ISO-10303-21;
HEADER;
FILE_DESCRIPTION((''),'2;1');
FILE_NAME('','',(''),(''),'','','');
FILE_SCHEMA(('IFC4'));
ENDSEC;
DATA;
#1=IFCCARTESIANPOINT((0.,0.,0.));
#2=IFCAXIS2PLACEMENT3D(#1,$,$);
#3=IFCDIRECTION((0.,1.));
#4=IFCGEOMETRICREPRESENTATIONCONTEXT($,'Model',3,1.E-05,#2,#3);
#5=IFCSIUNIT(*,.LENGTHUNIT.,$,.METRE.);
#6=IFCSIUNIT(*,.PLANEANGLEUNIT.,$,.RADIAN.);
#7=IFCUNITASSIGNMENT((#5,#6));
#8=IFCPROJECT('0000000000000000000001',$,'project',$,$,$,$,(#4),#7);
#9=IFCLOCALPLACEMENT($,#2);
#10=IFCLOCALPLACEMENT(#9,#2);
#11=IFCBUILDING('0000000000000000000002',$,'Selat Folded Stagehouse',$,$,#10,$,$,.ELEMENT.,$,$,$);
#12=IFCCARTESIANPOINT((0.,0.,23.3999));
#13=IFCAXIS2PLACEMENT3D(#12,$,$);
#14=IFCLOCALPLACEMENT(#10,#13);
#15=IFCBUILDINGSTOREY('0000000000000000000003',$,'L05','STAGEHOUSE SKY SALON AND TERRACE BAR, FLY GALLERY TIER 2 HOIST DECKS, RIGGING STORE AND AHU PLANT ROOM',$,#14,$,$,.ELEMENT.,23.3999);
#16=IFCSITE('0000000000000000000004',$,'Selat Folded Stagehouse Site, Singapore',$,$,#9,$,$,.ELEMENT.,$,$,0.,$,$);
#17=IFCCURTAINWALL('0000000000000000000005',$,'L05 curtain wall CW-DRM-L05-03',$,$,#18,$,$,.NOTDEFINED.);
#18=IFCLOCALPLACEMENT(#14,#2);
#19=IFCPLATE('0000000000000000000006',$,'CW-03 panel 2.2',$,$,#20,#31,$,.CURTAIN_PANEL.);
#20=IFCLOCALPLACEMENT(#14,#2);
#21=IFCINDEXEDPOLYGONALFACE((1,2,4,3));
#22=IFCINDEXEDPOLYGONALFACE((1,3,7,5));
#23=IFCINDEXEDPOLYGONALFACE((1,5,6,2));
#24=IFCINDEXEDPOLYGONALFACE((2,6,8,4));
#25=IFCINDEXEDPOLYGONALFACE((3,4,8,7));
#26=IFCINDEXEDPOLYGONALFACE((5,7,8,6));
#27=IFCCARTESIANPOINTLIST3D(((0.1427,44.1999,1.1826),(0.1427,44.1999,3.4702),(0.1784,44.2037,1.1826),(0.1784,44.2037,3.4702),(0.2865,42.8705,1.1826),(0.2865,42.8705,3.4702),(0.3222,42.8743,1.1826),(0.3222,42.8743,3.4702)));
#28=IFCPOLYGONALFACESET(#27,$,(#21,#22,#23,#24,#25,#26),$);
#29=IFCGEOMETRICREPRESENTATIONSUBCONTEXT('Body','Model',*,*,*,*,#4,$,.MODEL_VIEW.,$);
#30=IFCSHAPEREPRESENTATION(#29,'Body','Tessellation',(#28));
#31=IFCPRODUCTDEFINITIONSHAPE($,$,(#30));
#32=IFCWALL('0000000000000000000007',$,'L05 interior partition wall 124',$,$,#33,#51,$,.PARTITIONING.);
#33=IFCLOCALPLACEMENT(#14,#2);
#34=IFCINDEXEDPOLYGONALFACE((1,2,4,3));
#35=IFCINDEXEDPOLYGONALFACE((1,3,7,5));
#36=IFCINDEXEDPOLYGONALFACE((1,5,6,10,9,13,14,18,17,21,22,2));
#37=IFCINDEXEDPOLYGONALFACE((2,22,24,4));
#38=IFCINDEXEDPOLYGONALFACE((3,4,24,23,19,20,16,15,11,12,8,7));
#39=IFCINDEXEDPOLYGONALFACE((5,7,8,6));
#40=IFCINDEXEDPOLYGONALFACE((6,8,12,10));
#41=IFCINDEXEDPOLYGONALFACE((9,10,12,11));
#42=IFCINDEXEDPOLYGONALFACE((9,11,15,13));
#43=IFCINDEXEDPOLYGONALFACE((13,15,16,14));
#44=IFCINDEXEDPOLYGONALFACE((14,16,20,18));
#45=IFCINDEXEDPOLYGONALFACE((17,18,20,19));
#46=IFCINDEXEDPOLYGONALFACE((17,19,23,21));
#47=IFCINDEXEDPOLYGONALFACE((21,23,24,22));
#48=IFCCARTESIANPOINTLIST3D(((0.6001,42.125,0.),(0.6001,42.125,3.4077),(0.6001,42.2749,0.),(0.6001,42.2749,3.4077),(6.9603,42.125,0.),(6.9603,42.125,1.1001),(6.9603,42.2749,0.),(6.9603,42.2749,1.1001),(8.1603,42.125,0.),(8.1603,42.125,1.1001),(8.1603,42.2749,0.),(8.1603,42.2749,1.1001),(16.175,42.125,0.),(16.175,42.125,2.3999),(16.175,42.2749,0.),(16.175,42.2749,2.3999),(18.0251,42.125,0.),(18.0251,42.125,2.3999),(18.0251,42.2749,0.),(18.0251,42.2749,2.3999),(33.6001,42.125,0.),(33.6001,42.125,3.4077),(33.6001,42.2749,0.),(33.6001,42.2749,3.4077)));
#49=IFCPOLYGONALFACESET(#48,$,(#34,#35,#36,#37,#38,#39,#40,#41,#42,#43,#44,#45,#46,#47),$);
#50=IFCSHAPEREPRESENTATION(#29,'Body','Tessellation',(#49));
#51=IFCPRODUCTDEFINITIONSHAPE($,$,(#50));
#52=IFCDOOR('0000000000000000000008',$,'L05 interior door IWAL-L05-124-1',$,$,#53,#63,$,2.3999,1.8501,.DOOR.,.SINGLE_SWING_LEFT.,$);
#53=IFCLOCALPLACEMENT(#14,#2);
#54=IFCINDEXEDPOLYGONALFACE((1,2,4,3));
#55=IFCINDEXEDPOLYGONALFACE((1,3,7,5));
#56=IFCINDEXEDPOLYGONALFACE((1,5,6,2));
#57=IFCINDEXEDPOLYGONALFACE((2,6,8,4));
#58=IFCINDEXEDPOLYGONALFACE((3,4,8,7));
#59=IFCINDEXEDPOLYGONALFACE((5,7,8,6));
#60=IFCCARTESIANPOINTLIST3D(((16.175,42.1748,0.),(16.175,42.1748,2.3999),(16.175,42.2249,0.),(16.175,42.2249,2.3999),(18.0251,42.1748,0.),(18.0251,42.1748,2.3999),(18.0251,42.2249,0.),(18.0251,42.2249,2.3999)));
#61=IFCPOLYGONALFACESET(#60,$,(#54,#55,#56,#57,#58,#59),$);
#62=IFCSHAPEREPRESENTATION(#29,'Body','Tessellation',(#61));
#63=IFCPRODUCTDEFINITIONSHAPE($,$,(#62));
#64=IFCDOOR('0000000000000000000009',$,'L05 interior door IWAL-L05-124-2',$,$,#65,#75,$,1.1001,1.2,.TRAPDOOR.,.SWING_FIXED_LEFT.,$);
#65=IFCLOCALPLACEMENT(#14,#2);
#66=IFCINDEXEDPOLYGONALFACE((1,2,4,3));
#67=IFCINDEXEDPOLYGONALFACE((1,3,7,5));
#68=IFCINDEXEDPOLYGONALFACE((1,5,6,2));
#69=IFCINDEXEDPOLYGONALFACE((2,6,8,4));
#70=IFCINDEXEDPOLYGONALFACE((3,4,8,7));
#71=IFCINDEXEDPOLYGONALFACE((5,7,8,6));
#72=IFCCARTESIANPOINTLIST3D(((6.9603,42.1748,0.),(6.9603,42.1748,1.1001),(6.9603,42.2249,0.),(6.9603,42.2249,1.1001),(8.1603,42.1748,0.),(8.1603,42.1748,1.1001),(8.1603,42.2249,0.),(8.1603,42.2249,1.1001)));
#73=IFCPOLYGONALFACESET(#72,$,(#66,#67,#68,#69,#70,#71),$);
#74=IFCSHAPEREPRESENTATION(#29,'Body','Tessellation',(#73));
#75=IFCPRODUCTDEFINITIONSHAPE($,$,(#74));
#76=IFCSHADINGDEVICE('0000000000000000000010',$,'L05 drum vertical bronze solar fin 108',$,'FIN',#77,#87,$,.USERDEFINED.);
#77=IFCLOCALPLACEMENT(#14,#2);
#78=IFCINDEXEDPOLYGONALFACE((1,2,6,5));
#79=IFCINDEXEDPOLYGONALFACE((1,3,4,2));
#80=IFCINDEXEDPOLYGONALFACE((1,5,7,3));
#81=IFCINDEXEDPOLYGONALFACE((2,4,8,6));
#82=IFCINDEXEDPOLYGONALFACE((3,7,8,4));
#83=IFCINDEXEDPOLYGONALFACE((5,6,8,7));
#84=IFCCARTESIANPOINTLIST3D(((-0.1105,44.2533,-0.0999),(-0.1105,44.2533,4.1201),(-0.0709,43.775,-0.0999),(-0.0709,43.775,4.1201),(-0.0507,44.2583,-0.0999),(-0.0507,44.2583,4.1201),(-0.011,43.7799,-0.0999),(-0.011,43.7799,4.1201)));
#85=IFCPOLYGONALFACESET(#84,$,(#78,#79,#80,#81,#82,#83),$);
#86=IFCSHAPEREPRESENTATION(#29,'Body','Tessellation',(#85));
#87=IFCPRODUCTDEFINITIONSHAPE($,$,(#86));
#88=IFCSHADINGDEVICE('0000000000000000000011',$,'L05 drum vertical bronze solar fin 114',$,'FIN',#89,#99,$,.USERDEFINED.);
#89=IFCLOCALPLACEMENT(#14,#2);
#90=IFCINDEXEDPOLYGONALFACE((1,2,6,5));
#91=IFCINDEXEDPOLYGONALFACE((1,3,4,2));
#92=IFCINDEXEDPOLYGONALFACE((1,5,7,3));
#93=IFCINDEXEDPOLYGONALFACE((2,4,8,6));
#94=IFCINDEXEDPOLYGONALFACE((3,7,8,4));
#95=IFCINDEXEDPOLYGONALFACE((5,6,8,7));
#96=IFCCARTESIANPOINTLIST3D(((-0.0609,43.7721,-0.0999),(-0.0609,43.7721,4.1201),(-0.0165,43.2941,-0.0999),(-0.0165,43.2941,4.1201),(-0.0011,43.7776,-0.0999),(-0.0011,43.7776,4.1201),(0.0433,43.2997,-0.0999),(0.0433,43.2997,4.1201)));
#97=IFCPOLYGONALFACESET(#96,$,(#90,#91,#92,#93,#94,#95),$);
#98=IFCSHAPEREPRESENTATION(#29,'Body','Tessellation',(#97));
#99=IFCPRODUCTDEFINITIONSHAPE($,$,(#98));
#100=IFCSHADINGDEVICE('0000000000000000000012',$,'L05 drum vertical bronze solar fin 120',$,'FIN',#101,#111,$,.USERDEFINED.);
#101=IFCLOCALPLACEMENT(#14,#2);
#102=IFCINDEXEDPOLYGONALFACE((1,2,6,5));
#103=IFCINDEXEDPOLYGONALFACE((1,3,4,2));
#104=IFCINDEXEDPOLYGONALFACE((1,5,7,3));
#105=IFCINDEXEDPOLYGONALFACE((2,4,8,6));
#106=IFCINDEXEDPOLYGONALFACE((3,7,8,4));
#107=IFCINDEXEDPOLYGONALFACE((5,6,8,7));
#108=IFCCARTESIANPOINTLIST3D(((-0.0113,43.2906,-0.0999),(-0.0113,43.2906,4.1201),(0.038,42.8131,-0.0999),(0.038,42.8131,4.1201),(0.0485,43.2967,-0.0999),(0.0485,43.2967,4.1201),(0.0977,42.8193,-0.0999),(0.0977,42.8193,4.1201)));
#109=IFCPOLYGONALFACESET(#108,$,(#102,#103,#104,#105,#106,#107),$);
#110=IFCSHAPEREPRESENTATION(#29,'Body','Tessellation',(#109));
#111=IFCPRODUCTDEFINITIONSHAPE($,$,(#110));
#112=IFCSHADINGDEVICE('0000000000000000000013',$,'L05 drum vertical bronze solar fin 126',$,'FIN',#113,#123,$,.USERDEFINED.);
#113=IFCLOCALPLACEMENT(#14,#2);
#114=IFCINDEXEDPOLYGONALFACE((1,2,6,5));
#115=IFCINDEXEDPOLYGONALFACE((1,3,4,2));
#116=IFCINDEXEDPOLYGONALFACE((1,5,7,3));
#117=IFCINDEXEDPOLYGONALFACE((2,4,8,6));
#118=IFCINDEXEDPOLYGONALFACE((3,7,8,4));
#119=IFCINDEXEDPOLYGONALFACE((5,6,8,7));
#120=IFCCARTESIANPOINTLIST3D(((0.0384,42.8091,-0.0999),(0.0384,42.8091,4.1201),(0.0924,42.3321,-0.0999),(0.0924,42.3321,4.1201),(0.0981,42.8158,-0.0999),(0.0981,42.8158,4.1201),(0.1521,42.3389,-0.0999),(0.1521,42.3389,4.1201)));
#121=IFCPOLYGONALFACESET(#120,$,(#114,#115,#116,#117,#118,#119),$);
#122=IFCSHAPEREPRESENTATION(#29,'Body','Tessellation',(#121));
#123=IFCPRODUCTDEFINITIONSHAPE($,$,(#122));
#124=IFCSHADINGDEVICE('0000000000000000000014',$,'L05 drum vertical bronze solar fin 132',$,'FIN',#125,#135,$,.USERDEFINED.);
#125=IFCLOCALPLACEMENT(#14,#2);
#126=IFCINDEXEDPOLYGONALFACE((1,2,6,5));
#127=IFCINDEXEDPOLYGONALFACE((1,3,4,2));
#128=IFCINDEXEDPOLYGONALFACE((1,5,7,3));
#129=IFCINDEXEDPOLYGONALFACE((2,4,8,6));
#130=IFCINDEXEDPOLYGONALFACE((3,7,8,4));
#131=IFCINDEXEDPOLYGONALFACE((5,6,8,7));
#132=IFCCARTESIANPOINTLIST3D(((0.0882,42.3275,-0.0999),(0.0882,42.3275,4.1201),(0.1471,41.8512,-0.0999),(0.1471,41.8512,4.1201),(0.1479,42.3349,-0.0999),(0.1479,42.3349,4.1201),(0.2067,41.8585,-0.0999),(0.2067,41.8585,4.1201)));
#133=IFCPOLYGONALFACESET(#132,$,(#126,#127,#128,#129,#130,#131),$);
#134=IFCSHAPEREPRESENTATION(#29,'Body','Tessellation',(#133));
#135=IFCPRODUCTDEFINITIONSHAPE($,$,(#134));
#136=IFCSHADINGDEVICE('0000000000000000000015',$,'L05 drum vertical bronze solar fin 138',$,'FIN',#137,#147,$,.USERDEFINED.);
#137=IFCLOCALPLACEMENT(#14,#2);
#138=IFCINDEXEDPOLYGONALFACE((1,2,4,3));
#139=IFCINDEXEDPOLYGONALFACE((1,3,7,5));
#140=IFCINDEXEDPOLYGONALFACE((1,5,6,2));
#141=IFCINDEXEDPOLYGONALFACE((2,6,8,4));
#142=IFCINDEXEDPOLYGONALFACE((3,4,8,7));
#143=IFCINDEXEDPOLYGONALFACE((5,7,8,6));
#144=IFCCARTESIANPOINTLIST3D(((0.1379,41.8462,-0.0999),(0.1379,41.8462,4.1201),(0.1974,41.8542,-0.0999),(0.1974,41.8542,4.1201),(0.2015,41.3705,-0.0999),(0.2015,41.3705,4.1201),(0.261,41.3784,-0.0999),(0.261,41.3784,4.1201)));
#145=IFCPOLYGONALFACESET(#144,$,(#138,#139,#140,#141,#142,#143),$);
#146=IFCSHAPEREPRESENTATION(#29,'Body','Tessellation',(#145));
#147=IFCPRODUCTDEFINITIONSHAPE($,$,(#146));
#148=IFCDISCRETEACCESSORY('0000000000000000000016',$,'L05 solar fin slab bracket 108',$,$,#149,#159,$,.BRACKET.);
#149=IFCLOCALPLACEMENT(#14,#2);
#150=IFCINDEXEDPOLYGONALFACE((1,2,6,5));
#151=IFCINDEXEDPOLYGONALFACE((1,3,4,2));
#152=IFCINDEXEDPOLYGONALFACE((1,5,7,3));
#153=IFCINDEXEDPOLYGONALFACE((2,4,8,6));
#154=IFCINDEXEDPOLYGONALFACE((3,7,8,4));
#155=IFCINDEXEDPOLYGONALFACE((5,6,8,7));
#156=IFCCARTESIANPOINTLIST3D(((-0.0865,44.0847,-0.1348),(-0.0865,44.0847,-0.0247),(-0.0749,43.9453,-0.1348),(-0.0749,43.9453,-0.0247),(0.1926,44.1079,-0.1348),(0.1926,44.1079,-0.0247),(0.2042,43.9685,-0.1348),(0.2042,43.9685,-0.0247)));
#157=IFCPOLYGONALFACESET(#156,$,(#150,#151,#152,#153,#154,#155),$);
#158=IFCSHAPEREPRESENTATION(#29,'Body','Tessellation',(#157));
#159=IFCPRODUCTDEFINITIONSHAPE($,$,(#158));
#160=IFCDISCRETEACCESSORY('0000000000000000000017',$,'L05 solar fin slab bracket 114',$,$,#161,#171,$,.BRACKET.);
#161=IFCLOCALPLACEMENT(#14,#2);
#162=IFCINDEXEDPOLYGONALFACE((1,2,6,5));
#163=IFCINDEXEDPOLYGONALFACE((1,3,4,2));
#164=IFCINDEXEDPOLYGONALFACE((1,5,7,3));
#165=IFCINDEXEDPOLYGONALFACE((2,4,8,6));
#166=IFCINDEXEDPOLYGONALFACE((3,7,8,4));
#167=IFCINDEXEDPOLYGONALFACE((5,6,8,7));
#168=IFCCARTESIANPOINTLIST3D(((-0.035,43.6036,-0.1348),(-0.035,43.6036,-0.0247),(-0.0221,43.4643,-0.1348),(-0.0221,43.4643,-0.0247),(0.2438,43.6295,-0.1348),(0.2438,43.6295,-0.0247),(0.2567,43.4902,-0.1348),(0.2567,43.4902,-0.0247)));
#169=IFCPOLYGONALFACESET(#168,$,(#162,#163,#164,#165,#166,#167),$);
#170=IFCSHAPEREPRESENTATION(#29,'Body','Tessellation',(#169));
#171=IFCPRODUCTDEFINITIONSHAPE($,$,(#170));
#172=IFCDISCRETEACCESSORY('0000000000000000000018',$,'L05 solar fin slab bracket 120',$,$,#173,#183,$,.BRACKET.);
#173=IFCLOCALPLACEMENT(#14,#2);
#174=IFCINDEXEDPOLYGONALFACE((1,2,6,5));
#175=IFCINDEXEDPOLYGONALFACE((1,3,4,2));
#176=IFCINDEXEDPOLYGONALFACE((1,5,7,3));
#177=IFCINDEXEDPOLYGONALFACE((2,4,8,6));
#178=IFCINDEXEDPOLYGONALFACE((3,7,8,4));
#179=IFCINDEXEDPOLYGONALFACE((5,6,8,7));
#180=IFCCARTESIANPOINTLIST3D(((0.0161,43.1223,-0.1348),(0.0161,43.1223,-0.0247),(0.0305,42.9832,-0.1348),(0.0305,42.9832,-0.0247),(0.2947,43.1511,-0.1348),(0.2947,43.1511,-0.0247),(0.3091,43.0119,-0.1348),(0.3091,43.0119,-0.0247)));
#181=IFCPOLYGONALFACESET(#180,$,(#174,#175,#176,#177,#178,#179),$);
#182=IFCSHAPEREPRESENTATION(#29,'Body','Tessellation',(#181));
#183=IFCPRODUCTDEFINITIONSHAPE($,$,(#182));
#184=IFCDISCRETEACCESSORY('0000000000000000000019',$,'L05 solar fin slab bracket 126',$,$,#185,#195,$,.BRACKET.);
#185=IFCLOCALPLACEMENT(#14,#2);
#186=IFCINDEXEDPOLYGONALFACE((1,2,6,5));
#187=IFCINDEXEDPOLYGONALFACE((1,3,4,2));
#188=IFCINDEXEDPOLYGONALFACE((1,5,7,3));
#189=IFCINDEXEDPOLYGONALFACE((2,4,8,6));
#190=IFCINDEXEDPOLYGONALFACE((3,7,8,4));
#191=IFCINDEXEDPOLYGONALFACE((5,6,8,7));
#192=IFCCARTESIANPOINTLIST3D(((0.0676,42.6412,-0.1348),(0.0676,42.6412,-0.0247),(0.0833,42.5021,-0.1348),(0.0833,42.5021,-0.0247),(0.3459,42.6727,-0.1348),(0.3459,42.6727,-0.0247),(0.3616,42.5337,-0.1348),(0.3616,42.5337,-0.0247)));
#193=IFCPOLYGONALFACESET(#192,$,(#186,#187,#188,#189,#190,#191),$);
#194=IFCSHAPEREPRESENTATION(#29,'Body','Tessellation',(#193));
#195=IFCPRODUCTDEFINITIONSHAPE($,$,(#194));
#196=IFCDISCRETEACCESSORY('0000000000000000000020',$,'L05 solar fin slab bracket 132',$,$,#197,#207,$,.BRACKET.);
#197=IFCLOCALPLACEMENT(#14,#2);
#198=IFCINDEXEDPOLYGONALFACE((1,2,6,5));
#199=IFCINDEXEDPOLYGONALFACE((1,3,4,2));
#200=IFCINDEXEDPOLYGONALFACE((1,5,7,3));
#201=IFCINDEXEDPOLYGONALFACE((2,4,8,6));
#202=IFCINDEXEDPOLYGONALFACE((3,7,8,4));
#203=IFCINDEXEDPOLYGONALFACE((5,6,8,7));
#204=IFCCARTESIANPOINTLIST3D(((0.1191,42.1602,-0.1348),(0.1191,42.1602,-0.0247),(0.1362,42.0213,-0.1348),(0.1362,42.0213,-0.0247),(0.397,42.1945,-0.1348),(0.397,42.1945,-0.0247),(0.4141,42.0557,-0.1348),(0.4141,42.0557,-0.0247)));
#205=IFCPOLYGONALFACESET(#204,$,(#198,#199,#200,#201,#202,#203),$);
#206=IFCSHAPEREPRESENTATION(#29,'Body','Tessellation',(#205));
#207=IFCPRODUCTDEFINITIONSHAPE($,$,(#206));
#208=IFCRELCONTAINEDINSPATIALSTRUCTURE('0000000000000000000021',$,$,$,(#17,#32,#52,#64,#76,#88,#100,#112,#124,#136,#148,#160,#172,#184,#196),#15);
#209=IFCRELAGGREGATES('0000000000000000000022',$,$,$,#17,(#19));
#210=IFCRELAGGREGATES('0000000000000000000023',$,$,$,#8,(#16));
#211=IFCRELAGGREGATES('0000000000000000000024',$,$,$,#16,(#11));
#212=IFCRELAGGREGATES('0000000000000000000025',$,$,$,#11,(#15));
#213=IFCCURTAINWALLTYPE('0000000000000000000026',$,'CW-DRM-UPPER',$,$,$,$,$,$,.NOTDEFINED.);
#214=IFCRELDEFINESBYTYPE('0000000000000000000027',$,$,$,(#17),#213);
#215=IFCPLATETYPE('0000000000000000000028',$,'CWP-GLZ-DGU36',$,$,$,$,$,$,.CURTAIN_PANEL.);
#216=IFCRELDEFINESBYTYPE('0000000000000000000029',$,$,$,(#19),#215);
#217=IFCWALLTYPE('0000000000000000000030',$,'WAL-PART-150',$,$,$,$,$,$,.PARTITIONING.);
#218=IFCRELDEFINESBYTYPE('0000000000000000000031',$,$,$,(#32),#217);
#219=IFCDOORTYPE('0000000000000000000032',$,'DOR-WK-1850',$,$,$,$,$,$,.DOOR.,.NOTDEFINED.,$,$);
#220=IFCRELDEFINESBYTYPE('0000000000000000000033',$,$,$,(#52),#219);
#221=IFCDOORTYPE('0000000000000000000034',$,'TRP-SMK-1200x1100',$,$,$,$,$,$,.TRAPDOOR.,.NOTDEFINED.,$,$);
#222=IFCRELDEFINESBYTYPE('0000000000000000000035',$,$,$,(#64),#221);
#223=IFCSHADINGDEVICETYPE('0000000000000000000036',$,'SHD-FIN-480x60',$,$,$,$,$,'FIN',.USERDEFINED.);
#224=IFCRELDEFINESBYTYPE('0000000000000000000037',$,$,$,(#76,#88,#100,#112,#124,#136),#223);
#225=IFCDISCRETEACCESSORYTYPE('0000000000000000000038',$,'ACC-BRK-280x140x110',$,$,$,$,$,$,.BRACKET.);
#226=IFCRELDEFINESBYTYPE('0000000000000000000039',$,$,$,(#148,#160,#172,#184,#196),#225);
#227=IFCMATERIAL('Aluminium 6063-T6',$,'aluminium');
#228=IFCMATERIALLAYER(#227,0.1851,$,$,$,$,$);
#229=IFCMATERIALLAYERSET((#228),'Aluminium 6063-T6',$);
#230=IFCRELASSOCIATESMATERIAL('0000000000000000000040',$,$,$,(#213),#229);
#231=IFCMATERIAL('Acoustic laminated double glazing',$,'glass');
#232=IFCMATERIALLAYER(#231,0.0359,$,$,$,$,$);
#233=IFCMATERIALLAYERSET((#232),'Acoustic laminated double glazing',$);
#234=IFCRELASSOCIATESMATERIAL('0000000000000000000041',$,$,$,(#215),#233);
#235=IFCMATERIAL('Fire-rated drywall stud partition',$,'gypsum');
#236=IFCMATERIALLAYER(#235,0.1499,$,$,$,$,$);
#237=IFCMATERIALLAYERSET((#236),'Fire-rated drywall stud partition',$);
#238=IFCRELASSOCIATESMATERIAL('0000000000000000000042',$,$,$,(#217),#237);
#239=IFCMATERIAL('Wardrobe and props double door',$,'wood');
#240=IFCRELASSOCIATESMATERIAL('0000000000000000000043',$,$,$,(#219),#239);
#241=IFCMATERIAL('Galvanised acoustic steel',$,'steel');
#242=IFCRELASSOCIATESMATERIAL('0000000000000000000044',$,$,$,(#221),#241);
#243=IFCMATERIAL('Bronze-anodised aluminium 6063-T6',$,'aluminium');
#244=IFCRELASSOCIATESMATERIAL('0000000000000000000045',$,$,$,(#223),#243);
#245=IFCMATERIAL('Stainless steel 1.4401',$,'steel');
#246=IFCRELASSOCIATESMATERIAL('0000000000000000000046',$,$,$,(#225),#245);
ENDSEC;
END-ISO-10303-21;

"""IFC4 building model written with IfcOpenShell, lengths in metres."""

from ifc_helpers import new_model, si_unit, direction, frame, frame_2d, origin, origin_2d, place, context, subcontext, project, spatial, rectangle, extrude, material, layer, layer_set, material_profile, profile_set, type_object, element, fill, aggregate, save


model = new_model("IFC4")

# Units and contexts
model_context = context("Model", 3, precision=1e-05, world=origin(), true_north=direction((0.0, 1.0)))
body_context = subcontext(model_context, "Body", "Model", "MODEL_VIEW")
ifc_project = project(units=[si_unit("LENGTHUNIT", "METRE"), si_unit("PLANEANGLEUNIT", "RADIAN")], contexts=[model_context])

# Site, building, storey
site_placement = place(None, origin())
site = spatial("IfcSite", under=ifc_project, at=site_placement, Name="Selat Folded Stagehouse Site, Singapore", CompositionType="ELEMENT", RefElevation=0.0)
building_placement = place(site_placement, origin())
building = spatial("IfcBuilding", under=site, at=building_placement, Name="Selat Folded Stagehouse", CompositionType="ELEMENT")
storey_placement = place(building_placement, frame((0.0, 0.0, 23.3999)))
storey = spatial("IfcBuildingStorey", under=building, at=storey_placement, Name="L05", Description="STAGEHOUSE SKY SALON AND TERRACE BAR, FLY GALLERY TIER 2 HOIST DECKS, RIGGING STORE AND AHU PLANT ROOM", CompositionType="ELEMENT", Elevation=23.3999)

# Curtain wall, plate
ifc_material_1 = material(Name="Aluminium 6063-T6", Category="aluminium")
ifc_layer_1 = layer(ifc_material_1, 0.1851)
ifc_layer_set_1 = layer_set([ifc_layer_1], Name="Aluminium 6063-T6")
curtain_wall_type = type_object("IfcCurtainWallType", Name="CW-DRM-UPPER", PredefinedType="NOTDEFINED", material=ifc_layer_set_1)
curtain_wall_placement = place(storey_placement, origin())
curtain_wall = element("IfcCurtainWall", 1, at=curtain_wall_placement, inside=storey, type_object=curtain_wall_type, Name="L05 curtain wall CW-DRM-L05-03", PredefinedType="NOTDEFINED")
ifc_material_2 = material(Name="Acoustic laminated double glazing", Category="glass")
ifc_layer_2 = layer(ifc_material_2, 0.0359)
ifc_layer_set_2 = layer_set([ifc_layer_2], Name="Acoustic laminated double glazing")
plate_type = type_object("IfcPlateType", Name="CWP-GLZ-DGU36", PredefinedType="CURTAIN_PANEL", material=ifc_layer_set_2)
plate_1_placement = place(storey_placement, frame((0.2324, 43.5371, 1.1826), z_axis=(0.0, 0.0, 1.0), x_axis=(-0.107558, 0.994199, 0.0)))
plate_1 = element("IfcPlate", 2, at=plate_1_placement, type_object=plate_type, Name="CW-03 panel 2.2", PredefinedType="CURTAIN_PANEL", context=body_context, shape_type="SweptSolid", body=[
    extrude(rectangle(XDim=1.3372, YDim=0.0359, at=origin_2d()), origin(), (0.0, 0.0, 1.0), 2.2876),
])
aggregate(curtain_wall, [plate_1])

# Wall, openings, doors
ifc_material_3 = material(Name="Fire-rated drywall stud partition", Category="gypsum")
ifc_layer_3 = layer(ifc_material_3, 0.1499)
ifc_layer_set_3 = layer_set([ifc_layer_3], Name="Fire-rated drywall stud partition")
wall_type = type_object("IfcWallType", Name="WAL-PART-150", PredefinedType="PARTITIONING", material=ifc_layer_set_3)
wall_placement = place(storey_placement, frame((0.6001, 42.2, 0.0), z_axis=(0.0, 0.0, 1.0), x_axis=(1.0, 0.0, 0.0)))
wall = element("IfcWall", 3, at=wall_placement, inside=storey, type_object=wall_type, Name="L05 interior partition wall 124", PredefinedType="PARTITIONING", context=body_context, shape_type="SweptSolid", body=[
    extrude(rectangle(XDim=33.0, YDim=0.1499, at=frame_2d((16.5, 0.0))), origin(), (0.0, 0.0, 1.0), 3.4077),
])
opening_1_placement = place(wall_placement, frame((15.575, 0.0, 0.0)))
opening_1 = element("IfcOpeningElement", 4, at=opening_1_placement, cuts=wall, PredefinedType="OPENING", context=body_context, shape_type="SweptSolid", body=[
    extrude(rectangle(XDim=1.8501, YDim=2.3999, at=frame_2d((0.925, 1.2))), frame((0.0, 0.085, 0.0), z_axis=(0.0, -1.0, 0.0), x_axis=(1.0, 0.0, 0.0)), (0.0, 0.0, 1.0), 0.1699),
])
opening_2_placement = place(wall_placement, frame((6.3601, 0.0, 0.0)))
opening_2 = element("IfcOpeningElement", 5, at=opening_2_placement, cuts=wall, PredefinedType="OPENING", context=body_context, shape_type="SweptSolid", body=[
    extrude(rectangle(XDim=1.2, YDim=1.1001, at=frame_2d((0.6001, 0.55))), frame((0.0, 0.085, 0.0), z_axis=(0.0, -1.0, 0.0), x_axis=(1.0, 0.0, 0.0)), (0.0, 0.0, 1.0), 0.1699),
])
ifc_material_4 = material(Name="Wardrobe and props double door", Category="wood")
door_type_1 = type_object("IfcDoorType", Name="DOR-WK-1850", OperationType="NOTDEFINED", PredefinedType="DOOR", material=ifc_material_4)
door_1_placement = place(opening_1_placement, origin())
door_1 = element("IfcDoor", 6, at=door_1_placement, inside=storey, type_object=door_type_1, Name="L05 interior door IWAL-L05-124-1", OperationType="SINGLE_SWING_LEFT", OverallHeight=2.3999, OverallWidth=1.8501, PredefinedType="DOOR", context=body_context, shape_type="SweptSolid", body=[
    extrude(rectangle(XDim=1.8501, YDim=2.3999, at=frame_2d((0.925, 1.2))), frame((0.0, 0.0249, 0.0), z_axis=(0.0, -1.0, 0.0), x_axis=(1.0, 0.0, 0.0)), (0.0, 0.0, 1.0), 0.05),
])
fill(opening_1, door_1)
ifc_material_5 = material(Name="Galvanised acoustic steel", Category="steel")
door_type_2 = type_object("IfcDoorType", Name="TRP-SMK-1200x1100", OperationType="NOTDEFINED", PredefinedType="TRAPDOOR", material=ifc_material_5)
door_2_placement = place(opening_2_placement, origin())
door_2 = element("IfcDoor", 7, at=door_2_placement, inside=storey, type_object=door_type_2, Name="L05 interior door IWAL-L05-124-2", OperationType="SWING_FIXED_LEFT", OverallHeight=1.1001, OverallWidth=1.2, PredefinedType="TRAPDOOR", context=body_context, shape_type="SweptSolid", body=[
    extrude(rectangle(XDim=1.2, YDim=1.1001, at=frame_2d((0.6001, 0.55))), frame((0.0, 0.0249, 0.0), z_axis=(0.0, -1.0, 0.0), x_axis=(1.0, 0.0, 0.0)), (0.0, 0.0, 1.0), 0.05),
])
fill(opening_2, door_2)

# Shading devices
ifc_material_6 = material(Name="Bronze-anodised aluminium 6063-T6", Category="aluminium")
ifc_material_profile_1 = material_profile(ifc_material_6, rectangle(XDim=0.0601, YDim=0.48, at=origin_2d()), Name="SOLAR-FIN 480x60")
ifc_profile_set_1 = profile_set([ifc_material_profile_1], Name="Bronze-anodised aluminium 6063-T6")
shading_device_type = type_object("IfcShadingDeviceType", Name="SHD-FIN-480x60", ElementType="FIN", PredefinedType="USERDEFINED", material=ifc_profile_set_1)
for number, where, z_axis, x_axis, name in (
    (8, (-0.0608, 44.0166, -0.0999), (0.0, 0.0, 1.0), (-0.99658, -0.082634, 0.0), "L05 drum vertical bronze solar fin 108"),
    (9, (-0.0088, 43.5359, -0.0999), (0.0, 0.0, 1.0), (-0.995709, -0.092544, 0.0), "L05 drum vertical bronze solar fin 114"),
    (10, (0.0432, 43.0549, -0.0999), (0.0, 0.0, 1.0), (-0.994721, -0.102619, 0.0), "L05 drum vertical bronze solar fin 120"),
    (11, (0.0952, 42.574, -0.0999), (0.0, 0.0, 1.0), (-0.993651, -0.11251, 0.0), "L05 drum vertical bronze solar fin 126"),
    (12, (0.1475, 42.093, -0.0999), (0.0, 0.0, 1.0), (-0.992461, -0.122562, 0.0), "L05 drum vertical bronze solar fin 132"),
    (13, (0.1995, 41.6123, -0.0999), (0.0, 0.0, 1.0), (-0.991192, -0.132429, 0.0), "L05 drum vertical bronze solar fin 138"),
):
    element("IfcShadingDevice", number, at=place(storey_placement, frame(where, z_axis=z_axis, x_axis=x_axis)), inside=storey, type_object=shading_device_type, Name=name, ObjectType="FIN", PredefinedType="USERDEFINED", context=body_context, shape_type="SweptSolid", body=[
        extrude(rectangle(XDim=0.0601, YDim=0.48, at=origin_2d()), origin(), (0.0, 0.0, 1.0), 4.22),
    ])

# Discrete accessories
ifc_material_7 = material(Name="Stainless steel 1.4401", Category="steel")
discrete_accessory_type = type_object("IfcDiscreteAccessoryType", Name="ACC-BRK-280x140x110", PredefinedType="BRACKET", material=ifc_material_7)
for number, where, z_axis, x_axis, name in (
    (14, (0.0588, 44.0266, -0.1348), (0.0, 0.0, 1.0), (-0.99658, -0.082634, 0.0), "L05 solar fin slab bracket 108"),
    (15, (0.1108, 43.5469, -0.1348), (0.0, 0.0, 1.0), (-0.995709, -0.092544, 0.0), "L05 solar fin slab bracket 114"),
    (16, (0.1626, 43.0671, -0.1348), (0.0, 0.0, 1.0), (-0.994721, -0.102619, 0.0), "L05 solar fin slab bracket 120"),
    (17, (0.2146, 42.5874, -0.1348), (0.0, 0.0, 1.0), (-0.993651, -0.11251, 0.0), "L05 solar fin slab bracket 126"),
    (18, (0.2666, 42.1079, -0.1348), (0.0, 0.0, 1.0), (-0.992461, -0.122562, 0.0), "L05 solar fin slab bracket 132"),
):
    element("IfcDiscreteAccessory", number, at=place(storey_placement, frame(where, z_axis=z_axis, x_axis=x_axis)), inside=storey, type_object=discrete_accessory_type, Name=name, PredefinedType="BRACKET", context=body_context, shape_type="SweptSolid", body=[
        extrude(rectangle(XDim=0.28, YDim=0.1399, at=origin_2d()), origin(), (0.0, 0.0, 1.0), 0.1101),
    ])

save(model, "model.ifc")
